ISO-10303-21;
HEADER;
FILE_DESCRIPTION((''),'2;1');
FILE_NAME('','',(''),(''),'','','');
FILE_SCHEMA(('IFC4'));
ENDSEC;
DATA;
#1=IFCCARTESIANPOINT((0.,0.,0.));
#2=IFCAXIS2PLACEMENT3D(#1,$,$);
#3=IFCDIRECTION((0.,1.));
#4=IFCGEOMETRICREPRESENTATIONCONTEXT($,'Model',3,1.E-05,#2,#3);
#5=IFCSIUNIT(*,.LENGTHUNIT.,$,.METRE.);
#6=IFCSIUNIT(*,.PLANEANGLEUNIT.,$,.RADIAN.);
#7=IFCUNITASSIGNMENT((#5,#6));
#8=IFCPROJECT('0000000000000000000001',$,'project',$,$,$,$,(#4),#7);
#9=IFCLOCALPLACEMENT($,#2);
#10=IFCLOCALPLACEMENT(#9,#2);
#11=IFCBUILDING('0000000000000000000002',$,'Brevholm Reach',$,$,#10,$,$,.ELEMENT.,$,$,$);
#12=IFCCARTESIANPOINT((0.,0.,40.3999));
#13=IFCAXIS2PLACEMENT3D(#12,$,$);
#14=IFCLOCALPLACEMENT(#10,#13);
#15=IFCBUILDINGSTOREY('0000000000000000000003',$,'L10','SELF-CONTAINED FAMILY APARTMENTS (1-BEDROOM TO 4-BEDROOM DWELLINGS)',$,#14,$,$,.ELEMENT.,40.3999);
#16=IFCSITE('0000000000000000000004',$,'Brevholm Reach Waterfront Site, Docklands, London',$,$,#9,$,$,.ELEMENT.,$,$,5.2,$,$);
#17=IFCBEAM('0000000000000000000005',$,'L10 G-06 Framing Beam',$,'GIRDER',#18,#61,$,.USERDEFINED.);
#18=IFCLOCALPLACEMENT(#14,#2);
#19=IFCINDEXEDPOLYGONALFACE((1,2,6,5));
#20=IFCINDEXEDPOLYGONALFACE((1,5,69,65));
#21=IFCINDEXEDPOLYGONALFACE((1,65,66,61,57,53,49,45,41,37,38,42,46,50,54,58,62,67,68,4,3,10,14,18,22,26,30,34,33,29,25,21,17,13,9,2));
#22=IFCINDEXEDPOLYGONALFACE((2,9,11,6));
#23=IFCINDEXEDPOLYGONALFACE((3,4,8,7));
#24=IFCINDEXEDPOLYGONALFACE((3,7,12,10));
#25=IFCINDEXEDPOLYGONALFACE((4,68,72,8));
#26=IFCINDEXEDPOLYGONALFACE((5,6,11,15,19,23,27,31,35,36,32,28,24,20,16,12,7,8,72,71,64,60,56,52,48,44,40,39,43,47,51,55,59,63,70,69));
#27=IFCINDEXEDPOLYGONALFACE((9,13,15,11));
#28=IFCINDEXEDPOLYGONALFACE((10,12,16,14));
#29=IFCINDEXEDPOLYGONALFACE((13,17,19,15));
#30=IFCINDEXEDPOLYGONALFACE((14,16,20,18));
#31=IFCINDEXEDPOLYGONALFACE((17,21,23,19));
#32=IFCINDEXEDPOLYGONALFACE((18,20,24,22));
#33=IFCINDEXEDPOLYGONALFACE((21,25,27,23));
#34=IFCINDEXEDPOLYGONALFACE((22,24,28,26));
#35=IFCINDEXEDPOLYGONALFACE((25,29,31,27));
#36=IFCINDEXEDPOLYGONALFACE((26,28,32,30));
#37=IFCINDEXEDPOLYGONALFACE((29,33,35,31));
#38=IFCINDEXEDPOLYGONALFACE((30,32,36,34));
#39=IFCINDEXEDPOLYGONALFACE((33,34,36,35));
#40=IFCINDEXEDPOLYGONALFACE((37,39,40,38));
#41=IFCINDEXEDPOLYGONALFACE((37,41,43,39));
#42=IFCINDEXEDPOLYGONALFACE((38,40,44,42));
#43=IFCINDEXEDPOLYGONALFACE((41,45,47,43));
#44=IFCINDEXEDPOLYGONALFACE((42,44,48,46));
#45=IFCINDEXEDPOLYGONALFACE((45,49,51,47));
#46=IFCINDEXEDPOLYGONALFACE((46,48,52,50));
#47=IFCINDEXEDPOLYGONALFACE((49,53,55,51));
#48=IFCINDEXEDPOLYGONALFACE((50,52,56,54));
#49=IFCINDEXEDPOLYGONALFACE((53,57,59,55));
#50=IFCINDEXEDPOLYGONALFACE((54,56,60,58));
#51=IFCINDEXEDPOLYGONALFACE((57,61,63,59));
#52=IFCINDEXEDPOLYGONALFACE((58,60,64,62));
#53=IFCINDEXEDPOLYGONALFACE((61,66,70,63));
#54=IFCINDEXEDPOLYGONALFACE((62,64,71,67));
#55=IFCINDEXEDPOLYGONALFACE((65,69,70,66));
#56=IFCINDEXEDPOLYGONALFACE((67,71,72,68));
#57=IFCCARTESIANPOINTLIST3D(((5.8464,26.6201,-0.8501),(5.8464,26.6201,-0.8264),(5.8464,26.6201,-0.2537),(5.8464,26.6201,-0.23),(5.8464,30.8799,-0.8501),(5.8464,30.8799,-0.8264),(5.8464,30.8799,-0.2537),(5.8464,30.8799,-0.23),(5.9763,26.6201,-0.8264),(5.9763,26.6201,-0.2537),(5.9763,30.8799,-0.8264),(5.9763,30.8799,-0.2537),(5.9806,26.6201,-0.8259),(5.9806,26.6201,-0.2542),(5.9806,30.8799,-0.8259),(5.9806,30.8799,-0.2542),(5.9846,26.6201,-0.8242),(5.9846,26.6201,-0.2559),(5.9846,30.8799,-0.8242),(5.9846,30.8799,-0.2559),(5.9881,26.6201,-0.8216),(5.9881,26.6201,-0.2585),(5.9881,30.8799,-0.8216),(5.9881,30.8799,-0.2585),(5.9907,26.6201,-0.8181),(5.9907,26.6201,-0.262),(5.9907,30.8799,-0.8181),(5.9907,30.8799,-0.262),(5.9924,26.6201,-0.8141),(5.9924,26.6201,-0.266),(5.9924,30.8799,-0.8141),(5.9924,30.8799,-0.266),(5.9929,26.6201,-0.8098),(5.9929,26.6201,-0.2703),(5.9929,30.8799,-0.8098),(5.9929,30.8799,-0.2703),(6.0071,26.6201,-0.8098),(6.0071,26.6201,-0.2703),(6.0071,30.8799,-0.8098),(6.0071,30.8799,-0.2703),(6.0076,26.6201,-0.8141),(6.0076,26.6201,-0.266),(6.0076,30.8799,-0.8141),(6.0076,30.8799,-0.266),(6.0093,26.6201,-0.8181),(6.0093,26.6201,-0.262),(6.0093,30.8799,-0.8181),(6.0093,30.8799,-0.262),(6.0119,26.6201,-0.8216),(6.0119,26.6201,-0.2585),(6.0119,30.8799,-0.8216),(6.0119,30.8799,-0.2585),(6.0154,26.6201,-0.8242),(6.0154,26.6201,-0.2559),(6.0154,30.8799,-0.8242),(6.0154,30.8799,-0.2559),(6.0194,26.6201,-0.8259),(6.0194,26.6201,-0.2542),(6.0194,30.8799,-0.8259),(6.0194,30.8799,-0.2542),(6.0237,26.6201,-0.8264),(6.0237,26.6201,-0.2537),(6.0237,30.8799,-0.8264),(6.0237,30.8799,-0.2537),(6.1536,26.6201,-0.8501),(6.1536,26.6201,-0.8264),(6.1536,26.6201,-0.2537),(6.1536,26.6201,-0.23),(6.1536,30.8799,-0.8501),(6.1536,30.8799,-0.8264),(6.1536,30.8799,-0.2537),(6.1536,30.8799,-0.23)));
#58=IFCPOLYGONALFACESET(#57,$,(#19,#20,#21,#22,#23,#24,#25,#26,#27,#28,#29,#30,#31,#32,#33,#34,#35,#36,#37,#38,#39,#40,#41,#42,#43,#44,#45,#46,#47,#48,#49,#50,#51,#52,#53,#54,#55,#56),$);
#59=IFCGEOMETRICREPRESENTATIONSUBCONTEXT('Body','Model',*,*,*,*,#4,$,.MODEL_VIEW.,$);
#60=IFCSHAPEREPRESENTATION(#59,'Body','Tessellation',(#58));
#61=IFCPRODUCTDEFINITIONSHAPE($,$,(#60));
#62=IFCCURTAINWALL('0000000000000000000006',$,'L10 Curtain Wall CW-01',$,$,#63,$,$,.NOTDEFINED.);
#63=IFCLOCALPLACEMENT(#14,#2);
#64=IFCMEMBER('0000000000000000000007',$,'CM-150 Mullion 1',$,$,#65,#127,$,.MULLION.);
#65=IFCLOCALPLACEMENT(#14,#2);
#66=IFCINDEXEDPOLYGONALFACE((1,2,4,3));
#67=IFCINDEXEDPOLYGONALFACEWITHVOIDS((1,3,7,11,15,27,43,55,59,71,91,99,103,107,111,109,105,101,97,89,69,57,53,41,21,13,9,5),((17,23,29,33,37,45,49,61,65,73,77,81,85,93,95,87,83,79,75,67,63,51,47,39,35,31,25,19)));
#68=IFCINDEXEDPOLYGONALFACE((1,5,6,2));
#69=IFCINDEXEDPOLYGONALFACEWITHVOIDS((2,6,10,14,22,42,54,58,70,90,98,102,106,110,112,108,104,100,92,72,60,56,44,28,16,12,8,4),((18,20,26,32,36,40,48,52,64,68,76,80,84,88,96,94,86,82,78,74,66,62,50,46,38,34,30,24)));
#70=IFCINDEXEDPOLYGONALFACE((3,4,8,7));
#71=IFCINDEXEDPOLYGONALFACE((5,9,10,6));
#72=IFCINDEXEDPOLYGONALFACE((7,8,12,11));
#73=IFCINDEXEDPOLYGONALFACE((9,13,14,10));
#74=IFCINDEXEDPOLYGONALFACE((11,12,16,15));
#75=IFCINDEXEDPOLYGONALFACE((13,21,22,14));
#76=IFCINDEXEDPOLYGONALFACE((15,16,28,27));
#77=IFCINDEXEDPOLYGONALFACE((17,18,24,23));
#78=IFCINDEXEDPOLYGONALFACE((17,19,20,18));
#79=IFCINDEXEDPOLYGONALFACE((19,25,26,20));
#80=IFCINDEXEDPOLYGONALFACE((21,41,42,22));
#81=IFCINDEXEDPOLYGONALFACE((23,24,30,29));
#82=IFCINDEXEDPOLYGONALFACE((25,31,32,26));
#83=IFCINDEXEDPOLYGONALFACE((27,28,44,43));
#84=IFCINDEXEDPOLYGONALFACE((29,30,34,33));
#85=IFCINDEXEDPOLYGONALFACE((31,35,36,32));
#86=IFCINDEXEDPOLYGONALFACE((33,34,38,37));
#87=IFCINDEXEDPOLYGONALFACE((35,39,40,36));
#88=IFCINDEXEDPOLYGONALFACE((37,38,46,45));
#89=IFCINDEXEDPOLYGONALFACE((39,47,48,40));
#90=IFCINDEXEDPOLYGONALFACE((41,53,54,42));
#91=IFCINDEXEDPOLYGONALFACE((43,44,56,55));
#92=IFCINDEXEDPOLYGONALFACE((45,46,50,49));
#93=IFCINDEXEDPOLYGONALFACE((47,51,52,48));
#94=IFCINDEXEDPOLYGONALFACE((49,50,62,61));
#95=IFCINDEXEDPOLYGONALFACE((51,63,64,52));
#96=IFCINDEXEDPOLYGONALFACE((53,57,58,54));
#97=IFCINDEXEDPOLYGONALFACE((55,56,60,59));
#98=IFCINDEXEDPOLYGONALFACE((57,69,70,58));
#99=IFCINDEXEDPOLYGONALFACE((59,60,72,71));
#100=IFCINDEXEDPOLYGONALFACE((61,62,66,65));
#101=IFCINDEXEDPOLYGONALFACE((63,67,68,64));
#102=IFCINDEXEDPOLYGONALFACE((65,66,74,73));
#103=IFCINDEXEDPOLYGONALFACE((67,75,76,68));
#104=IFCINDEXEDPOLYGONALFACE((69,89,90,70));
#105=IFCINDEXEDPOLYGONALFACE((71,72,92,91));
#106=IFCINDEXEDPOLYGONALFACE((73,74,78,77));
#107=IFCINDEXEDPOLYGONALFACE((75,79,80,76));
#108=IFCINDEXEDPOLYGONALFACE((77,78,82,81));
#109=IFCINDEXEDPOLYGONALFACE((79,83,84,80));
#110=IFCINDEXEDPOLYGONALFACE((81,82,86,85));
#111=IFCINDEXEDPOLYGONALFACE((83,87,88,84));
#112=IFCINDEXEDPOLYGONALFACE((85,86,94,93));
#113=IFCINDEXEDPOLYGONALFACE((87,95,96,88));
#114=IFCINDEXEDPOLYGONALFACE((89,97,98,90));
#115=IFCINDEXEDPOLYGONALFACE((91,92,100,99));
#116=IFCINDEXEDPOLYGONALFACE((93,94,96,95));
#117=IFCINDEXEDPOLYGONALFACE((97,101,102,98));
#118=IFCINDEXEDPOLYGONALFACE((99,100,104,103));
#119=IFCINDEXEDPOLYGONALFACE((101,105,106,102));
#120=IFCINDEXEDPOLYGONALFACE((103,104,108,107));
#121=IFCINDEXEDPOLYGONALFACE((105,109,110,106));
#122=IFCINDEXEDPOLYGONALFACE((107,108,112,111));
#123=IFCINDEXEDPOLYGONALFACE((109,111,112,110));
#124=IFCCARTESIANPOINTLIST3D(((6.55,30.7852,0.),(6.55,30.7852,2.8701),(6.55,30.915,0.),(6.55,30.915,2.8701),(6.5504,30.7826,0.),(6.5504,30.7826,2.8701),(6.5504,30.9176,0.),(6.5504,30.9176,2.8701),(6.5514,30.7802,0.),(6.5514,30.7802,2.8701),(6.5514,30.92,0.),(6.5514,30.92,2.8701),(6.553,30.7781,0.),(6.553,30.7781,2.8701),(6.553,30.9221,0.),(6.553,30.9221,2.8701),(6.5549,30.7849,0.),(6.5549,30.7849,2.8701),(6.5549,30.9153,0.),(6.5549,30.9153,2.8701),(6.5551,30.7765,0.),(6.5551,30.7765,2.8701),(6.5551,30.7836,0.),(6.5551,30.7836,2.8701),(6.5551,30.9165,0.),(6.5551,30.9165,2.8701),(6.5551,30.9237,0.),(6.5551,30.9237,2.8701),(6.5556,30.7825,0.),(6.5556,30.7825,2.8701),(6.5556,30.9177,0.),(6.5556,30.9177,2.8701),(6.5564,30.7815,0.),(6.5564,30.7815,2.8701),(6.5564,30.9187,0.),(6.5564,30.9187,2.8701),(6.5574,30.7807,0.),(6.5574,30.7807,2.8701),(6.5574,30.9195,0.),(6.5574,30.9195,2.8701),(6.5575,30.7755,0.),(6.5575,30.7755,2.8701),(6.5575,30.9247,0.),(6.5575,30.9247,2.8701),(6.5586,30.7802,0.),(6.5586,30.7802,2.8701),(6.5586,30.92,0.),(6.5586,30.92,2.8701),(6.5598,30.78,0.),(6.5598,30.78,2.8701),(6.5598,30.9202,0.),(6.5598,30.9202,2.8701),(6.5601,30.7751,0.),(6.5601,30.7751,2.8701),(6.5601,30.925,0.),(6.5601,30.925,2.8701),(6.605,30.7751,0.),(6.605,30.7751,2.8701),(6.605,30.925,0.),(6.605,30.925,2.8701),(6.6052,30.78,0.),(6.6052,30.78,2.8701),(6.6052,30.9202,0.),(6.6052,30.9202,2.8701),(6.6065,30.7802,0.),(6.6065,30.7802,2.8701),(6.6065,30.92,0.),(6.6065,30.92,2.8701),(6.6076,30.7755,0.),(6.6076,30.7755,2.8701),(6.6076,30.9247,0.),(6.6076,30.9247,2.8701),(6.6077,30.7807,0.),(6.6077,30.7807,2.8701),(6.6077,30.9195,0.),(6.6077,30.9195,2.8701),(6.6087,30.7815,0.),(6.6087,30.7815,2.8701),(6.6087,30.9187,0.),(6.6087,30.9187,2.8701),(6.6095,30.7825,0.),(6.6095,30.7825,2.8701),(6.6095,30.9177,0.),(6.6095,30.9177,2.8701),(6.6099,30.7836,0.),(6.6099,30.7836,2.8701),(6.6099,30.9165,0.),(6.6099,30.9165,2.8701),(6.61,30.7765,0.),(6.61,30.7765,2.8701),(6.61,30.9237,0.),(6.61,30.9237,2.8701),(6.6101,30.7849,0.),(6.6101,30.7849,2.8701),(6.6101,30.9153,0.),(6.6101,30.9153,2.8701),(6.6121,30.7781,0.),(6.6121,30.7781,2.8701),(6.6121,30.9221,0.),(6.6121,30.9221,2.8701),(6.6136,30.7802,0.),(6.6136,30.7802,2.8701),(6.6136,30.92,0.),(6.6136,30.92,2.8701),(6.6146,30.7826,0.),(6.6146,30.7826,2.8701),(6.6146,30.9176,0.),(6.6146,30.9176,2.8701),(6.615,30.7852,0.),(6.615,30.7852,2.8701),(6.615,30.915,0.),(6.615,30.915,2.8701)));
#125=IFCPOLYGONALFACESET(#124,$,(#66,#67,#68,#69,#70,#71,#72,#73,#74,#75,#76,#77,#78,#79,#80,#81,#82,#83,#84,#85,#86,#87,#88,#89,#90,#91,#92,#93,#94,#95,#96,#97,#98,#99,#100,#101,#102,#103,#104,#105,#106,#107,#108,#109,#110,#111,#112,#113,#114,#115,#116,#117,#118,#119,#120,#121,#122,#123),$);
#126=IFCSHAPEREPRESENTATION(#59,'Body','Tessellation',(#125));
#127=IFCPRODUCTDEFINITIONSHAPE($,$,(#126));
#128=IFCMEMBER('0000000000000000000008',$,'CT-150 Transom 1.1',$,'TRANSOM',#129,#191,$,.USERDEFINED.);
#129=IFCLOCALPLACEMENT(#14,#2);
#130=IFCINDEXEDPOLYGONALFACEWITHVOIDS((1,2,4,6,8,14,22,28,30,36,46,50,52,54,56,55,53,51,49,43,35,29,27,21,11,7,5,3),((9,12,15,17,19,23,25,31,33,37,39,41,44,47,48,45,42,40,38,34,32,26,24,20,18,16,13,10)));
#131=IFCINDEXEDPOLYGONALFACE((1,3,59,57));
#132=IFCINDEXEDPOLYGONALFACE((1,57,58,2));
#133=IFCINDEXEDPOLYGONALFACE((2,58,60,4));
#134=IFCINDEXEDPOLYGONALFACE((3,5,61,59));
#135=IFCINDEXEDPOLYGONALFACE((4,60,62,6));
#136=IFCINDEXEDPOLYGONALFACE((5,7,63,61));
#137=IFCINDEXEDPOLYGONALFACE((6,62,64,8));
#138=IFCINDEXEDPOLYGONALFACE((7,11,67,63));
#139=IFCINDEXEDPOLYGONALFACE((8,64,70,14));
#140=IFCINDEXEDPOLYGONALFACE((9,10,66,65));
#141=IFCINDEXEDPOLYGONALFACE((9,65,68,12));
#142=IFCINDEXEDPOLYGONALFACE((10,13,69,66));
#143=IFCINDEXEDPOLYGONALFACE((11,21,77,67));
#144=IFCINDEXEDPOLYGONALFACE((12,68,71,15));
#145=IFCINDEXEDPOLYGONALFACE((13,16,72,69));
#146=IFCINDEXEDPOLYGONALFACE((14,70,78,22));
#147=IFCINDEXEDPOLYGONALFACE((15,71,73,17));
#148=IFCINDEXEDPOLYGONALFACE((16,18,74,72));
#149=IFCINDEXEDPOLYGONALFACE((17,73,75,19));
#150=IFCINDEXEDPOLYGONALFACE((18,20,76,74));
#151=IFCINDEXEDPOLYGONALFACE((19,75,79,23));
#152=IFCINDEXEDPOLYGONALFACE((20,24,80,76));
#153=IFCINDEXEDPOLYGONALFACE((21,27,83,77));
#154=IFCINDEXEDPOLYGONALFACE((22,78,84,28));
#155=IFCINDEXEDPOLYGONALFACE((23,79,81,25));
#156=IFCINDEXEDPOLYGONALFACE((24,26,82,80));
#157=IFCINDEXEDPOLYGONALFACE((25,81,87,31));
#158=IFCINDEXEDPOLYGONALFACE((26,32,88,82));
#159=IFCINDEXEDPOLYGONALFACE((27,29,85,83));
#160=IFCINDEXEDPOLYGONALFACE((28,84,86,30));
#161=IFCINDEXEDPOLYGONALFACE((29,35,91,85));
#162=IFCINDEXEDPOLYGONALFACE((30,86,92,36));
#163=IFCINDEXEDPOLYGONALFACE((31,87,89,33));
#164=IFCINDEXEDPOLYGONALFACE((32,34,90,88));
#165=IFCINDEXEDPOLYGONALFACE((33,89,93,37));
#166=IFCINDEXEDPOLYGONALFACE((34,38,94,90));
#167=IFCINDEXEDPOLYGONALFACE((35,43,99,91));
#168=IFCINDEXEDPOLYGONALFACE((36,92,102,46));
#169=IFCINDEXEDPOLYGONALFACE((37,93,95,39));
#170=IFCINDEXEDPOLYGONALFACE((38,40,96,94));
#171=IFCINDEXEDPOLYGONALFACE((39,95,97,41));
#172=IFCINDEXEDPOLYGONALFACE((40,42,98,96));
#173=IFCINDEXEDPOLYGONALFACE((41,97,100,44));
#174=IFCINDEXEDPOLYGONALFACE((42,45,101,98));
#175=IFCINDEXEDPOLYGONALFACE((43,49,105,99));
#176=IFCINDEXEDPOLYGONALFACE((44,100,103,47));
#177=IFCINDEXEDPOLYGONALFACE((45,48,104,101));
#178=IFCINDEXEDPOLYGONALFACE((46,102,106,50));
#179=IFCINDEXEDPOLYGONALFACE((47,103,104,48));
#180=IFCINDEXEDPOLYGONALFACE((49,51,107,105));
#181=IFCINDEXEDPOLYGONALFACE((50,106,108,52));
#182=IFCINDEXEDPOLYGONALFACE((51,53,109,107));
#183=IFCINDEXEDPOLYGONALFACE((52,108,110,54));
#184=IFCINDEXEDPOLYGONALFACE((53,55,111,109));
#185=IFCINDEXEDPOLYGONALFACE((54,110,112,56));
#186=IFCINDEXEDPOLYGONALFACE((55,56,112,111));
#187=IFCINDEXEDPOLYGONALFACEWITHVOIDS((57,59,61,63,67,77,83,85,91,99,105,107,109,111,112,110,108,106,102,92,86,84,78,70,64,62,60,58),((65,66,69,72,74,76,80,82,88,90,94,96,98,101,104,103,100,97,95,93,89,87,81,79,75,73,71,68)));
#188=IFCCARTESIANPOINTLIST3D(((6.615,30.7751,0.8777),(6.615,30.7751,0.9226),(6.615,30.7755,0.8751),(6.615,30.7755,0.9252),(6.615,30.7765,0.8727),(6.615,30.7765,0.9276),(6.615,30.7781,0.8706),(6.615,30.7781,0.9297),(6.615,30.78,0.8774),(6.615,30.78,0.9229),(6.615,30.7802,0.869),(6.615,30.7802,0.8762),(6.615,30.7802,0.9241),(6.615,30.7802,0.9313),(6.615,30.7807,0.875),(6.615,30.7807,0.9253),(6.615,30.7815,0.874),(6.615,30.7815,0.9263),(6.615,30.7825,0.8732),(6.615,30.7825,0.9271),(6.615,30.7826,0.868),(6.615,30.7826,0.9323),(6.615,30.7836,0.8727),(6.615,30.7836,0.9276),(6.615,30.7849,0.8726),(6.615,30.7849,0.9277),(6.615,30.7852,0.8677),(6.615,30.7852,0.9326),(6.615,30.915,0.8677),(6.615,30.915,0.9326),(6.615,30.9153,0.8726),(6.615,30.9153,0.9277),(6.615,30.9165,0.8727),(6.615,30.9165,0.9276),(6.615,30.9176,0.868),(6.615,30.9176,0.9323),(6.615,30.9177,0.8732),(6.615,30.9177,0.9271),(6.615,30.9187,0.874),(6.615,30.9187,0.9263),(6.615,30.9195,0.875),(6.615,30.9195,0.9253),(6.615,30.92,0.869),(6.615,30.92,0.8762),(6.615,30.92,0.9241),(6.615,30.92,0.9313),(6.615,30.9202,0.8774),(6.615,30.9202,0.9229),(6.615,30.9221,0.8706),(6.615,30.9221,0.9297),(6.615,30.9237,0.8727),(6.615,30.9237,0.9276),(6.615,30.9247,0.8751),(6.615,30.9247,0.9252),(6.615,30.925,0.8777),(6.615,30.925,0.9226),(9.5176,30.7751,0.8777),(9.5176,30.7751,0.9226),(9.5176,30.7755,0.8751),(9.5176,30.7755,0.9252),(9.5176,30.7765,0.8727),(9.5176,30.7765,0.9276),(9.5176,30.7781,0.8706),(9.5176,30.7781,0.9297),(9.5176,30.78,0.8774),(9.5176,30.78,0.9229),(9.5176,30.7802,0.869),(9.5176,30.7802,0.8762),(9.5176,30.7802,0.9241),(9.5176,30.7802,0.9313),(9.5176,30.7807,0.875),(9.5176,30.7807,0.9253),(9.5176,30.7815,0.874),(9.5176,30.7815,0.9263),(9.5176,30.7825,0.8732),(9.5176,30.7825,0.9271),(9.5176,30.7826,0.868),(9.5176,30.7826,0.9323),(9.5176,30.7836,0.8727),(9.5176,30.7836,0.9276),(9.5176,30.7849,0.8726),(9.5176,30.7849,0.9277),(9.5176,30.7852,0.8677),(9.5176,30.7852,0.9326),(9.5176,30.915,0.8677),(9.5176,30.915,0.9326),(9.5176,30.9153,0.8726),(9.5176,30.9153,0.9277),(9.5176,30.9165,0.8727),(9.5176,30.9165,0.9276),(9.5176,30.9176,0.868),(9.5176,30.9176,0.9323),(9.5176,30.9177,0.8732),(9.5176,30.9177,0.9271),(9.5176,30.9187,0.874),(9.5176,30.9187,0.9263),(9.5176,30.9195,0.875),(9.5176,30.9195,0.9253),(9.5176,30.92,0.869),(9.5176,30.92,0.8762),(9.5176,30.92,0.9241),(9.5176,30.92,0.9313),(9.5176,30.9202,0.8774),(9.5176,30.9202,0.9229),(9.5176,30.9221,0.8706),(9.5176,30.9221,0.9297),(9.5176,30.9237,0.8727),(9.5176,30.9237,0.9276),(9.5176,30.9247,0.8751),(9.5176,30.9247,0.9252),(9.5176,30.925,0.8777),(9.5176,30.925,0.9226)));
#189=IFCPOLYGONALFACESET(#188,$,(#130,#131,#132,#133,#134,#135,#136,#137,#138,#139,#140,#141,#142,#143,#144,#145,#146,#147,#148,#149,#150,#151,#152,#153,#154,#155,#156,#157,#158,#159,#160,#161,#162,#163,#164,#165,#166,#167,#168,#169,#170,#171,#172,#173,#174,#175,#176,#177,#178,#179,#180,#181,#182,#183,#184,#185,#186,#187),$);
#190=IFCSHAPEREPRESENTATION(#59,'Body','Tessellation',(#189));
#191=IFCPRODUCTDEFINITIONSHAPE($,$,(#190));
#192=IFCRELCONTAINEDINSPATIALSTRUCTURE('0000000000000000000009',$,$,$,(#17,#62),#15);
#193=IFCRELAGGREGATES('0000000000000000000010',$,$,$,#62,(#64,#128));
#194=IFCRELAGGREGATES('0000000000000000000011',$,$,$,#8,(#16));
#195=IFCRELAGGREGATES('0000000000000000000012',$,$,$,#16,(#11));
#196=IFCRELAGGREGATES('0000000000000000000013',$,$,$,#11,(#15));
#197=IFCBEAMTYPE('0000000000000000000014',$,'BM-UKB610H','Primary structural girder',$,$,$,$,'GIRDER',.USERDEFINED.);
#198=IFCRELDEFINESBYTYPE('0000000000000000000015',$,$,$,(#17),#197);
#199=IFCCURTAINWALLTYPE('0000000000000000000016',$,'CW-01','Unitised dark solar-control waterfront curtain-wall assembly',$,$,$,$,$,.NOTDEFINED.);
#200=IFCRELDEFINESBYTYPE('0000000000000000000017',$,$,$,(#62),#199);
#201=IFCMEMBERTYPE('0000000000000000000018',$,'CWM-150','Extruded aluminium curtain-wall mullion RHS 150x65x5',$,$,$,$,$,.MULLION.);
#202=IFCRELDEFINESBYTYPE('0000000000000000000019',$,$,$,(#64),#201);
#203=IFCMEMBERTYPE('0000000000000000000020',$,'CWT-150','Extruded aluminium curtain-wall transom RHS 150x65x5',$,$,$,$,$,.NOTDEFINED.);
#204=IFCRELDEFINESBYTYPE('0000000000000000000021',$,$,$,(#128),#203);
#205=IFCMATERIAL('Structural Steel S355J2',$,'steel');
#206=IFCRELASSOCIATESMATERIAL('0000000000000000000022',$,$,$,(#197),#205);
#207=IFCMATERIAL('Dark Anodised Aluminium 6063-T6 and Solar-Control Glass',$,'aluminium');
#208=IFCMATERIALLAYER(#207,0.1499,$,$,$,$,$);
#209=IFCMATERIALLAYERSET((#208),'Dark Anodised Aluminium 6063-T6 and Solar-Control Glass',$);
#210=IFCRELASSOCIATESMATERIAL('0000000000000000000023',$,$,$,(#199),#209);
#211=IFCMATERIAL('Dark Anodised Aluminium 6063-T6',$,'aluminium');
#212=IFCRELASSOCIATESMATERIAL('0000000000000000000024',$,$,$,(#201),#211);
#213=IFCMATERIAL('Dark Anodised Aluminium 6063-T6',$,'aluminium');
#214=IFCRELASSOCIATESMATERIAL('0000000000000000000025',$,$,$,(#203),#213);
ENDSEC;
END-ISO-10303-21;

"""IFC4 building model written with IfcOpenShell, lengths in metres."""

from ifc_helpers import new_model, si_unit, direction, frame, origin, origin_2d, place, context, subcontext, project, spatial, hollow_rectangle, i_section, extrude, material, layer, layer_set, material_profile, profile_set, type_object, element, aggregate, save


model = new_model("IFC4")

# Units and contexts
model_context = context("Model", 3, precision=1e-05, world=origin(), true_north=direction((0.0, 1.0)))
body_context = subcontext(model_context, "Body", "Model", "MODEL_VIEW")
ifc_project = project(units=[si_unit("LENGTHUNIT", "METRE"), si_unit("PLANEANGLEUNIT", "RADIAN")], contexts=[model_context])

# Site, building, storey
site_placement = place(None, origin())
site = spatial("IfcSite", under=ifc_project, at=site_placement, Name="Brevholm Reach Waterfront Site, Docklands, London", CompositionType="ELEMENT", RefElevation=5.2)
building_placement = place(site_placement, origin())
building = spatial("IfcBuilding", under=site, at=building_placement, Name="Brevholm Reach", CompositionType="ELEMENT")
storey_placement = place(building_placement, frame((0.0, 0.0, 40.3999)))
storey = spatial("IfcBuildingStorey", under=building, at=storey_placement, Name="L10", Description="SELF-CONTAINED FAMILY APARTMENTS (1-BEDROOM TO 4-BEDROOM DWELLINGS)", CompositionType="ELEMENT", Elevation=40.3999)

# Beam
ifc_material_1 = material(Name="Structural Steel S355J2", Category="steel")
ifc_material_profile_1 = material_profile(ifc_material_1, i_section(OverallWidth=0.3071, OverallDepth=0.6201, WebThickness=0.0142, FlangeThickness=0.0237, FilletRadius=0.0166, at=origin_2d()), Name="UKB 610x305x179")
ifc_profile_set_1 = profile_set([ifc_material_profile_1], Name="Structural Steel S355J2")
beam_type_1 = type_object("IfcBeamType", Name="BM-UKB610H", Description="Primary structural girder", ElementType="GIRDER", PredefinedType="USERDEFINED", material=ifc_profile_set_1)
beam_1_placement = place(storey_placement, frame((6.0, 26.6201, -0.54), z_axis=(0.0, 1.0, 0.0), x_axis=(-1.0, 0.0, 0.0)))
element("IfcBeam", 1, at=beam_1_placement, inside=storey, type_object=beam_type_1, Name="L10 G-06 Framing Beam", ObjectType="GIRDER", PredefinedType="USERDEFINED", context=body_context, shape_type="SweptSolid", body=[
    extrude(i_section(OverallWidth=0.3071, OverallDepth=0.6201, WebThickness=0.0142, FlangeThickness=0.0237, FilletRadius=0.0166, at=origin_2d()), origin(), (0.0, 0.0, 1.0), 4.2598),
])

# Curtain wall, members
ifc_material_2 = material(Name="Dark Anodised Aluminium 6063-T6 and Solar-Control Glass", Category="aluminium")
ifc_layer_1 = layer(ifc_material_2, 0.1499)
ifc_layer_set_1 = layer_set([ifc_layer_1], Name="Dark Anodised Aluminium 6063-T6 and Solar-Control Glass")
curtain_wall_type = type_object("IfcCurtainWallType", Name="CW-01", Description="Unitised dark solar-control waterfront curtain-wall assembly", PredefinedType="NOTDEFINED", material=ifc_layer_set_1)
curtain_wall_placement = place(storey_placement, origin())
curtain_wall = element("IfcCurtainWall", 2, at=curtain_wall_placement, inside=storey, type_object=curtain_wall_type, Name="L10 Curtain Wall CW-01", PredefinedType="NOTDEFINED")
ifc_material_3 = material(Name="Dark Anodised Aluminium 6063-T6", Category="aluminium")
ifc_material_profile_2 = material_profile(ifc_material_3, hollow_rectangle(XDim=0.0649, YDim=0.1499, WallThickness=0.0049, InnerFilletRadius=0.0049, OuterFilletRadius=0.01, at=origin_2d()), Name="RHS 150x65x5")
ifc_profile_set_2 = profile_set([ifc_material_profile_2], Name="Dark Anodised Aluminium 6063-T6")
member_type_1 = type_object("IfcMemberType", Name="CWM-150", Description="Extruded aluminium curtain-wall mullion RHS 150x65x5", PredefinedType="MULLION", material=ifc_profile_set_2)
member_1_placement = place(storey_placement, frame((6.5825, 30.8501, 0.0), z_axis=(0.0, 0.0, 1.0), x_axis=(1.0, 0.0, 0.0)))
member_1 = element("IfcMember", 3, at=member_1_placement, type_object=member_type_1, Name="CM-150 Mullion 1", PredefinedType="MULLION", context=body_context, shape_type="SweptSolid", body=[
    extrude(hollow_rectangle(XDim=0.0649, YDim=0.1499, WallThickness=0.0049, InnerFilletRadius=0.0049, OuterFilletRadius=0.01, at=origin_2d()), origin(), (0.0, 0.0, 1.0), 2.8701),
])
ifc_material_4 = material(Name="Dark Anodised Aluminium 6063-T6", Category="aluminium")
ifc_material_profile_3 = material_profile(ifc_material_4, hollow_rectangle(XDim=0.0649, YDim=0.1499, WallThickness=0.0049, InnerFilletRadius=0.0049, OuterFilletRadius=0.01, at=origin_2d()), Name="RHS 150x65x5")
ifc_profile_set_3 = profile_set([ifc_material_profile_3], Name="Dark Anodised Aluminium 6063-T6")
member_type_2 = type_object("IfcMemberType", Name="CWT-150", Description="Extruded aluminium curtain-wall transom RHS 150x65x5", PredefinedType="NOTDEFINED", material=ifc_profile_set_3)
member_2_placement = place(storey_placement, frame((6.615, 30.8501, 0.9001), z_axis=(1.0, 0.0, 0.0), x_axis=(0.0, 0.0, 1.0)))
member_2 = element("IfcMember", 4, at=member_2_placement, type_object=member_type_2, Name="CT-150 Transom 1.1", ObjectType="TRANSOM", PredefinedType="USERDEFINED", context=body_context, shape_type="SweptSolid", body=[
    extrude(hollow_rectangle(XDim=0.0649, YDim=0.1499, WallThickness=0.0049, InnerFilletRadius=0.0049, OuterFilletRadius=0.01, at=origin_2d()), origin(), (0.0, 0.0, 1.0), 2.9026),
])
aggregate(curtain_wall, [member_1, member_2])

save(model, "model.ifc")
